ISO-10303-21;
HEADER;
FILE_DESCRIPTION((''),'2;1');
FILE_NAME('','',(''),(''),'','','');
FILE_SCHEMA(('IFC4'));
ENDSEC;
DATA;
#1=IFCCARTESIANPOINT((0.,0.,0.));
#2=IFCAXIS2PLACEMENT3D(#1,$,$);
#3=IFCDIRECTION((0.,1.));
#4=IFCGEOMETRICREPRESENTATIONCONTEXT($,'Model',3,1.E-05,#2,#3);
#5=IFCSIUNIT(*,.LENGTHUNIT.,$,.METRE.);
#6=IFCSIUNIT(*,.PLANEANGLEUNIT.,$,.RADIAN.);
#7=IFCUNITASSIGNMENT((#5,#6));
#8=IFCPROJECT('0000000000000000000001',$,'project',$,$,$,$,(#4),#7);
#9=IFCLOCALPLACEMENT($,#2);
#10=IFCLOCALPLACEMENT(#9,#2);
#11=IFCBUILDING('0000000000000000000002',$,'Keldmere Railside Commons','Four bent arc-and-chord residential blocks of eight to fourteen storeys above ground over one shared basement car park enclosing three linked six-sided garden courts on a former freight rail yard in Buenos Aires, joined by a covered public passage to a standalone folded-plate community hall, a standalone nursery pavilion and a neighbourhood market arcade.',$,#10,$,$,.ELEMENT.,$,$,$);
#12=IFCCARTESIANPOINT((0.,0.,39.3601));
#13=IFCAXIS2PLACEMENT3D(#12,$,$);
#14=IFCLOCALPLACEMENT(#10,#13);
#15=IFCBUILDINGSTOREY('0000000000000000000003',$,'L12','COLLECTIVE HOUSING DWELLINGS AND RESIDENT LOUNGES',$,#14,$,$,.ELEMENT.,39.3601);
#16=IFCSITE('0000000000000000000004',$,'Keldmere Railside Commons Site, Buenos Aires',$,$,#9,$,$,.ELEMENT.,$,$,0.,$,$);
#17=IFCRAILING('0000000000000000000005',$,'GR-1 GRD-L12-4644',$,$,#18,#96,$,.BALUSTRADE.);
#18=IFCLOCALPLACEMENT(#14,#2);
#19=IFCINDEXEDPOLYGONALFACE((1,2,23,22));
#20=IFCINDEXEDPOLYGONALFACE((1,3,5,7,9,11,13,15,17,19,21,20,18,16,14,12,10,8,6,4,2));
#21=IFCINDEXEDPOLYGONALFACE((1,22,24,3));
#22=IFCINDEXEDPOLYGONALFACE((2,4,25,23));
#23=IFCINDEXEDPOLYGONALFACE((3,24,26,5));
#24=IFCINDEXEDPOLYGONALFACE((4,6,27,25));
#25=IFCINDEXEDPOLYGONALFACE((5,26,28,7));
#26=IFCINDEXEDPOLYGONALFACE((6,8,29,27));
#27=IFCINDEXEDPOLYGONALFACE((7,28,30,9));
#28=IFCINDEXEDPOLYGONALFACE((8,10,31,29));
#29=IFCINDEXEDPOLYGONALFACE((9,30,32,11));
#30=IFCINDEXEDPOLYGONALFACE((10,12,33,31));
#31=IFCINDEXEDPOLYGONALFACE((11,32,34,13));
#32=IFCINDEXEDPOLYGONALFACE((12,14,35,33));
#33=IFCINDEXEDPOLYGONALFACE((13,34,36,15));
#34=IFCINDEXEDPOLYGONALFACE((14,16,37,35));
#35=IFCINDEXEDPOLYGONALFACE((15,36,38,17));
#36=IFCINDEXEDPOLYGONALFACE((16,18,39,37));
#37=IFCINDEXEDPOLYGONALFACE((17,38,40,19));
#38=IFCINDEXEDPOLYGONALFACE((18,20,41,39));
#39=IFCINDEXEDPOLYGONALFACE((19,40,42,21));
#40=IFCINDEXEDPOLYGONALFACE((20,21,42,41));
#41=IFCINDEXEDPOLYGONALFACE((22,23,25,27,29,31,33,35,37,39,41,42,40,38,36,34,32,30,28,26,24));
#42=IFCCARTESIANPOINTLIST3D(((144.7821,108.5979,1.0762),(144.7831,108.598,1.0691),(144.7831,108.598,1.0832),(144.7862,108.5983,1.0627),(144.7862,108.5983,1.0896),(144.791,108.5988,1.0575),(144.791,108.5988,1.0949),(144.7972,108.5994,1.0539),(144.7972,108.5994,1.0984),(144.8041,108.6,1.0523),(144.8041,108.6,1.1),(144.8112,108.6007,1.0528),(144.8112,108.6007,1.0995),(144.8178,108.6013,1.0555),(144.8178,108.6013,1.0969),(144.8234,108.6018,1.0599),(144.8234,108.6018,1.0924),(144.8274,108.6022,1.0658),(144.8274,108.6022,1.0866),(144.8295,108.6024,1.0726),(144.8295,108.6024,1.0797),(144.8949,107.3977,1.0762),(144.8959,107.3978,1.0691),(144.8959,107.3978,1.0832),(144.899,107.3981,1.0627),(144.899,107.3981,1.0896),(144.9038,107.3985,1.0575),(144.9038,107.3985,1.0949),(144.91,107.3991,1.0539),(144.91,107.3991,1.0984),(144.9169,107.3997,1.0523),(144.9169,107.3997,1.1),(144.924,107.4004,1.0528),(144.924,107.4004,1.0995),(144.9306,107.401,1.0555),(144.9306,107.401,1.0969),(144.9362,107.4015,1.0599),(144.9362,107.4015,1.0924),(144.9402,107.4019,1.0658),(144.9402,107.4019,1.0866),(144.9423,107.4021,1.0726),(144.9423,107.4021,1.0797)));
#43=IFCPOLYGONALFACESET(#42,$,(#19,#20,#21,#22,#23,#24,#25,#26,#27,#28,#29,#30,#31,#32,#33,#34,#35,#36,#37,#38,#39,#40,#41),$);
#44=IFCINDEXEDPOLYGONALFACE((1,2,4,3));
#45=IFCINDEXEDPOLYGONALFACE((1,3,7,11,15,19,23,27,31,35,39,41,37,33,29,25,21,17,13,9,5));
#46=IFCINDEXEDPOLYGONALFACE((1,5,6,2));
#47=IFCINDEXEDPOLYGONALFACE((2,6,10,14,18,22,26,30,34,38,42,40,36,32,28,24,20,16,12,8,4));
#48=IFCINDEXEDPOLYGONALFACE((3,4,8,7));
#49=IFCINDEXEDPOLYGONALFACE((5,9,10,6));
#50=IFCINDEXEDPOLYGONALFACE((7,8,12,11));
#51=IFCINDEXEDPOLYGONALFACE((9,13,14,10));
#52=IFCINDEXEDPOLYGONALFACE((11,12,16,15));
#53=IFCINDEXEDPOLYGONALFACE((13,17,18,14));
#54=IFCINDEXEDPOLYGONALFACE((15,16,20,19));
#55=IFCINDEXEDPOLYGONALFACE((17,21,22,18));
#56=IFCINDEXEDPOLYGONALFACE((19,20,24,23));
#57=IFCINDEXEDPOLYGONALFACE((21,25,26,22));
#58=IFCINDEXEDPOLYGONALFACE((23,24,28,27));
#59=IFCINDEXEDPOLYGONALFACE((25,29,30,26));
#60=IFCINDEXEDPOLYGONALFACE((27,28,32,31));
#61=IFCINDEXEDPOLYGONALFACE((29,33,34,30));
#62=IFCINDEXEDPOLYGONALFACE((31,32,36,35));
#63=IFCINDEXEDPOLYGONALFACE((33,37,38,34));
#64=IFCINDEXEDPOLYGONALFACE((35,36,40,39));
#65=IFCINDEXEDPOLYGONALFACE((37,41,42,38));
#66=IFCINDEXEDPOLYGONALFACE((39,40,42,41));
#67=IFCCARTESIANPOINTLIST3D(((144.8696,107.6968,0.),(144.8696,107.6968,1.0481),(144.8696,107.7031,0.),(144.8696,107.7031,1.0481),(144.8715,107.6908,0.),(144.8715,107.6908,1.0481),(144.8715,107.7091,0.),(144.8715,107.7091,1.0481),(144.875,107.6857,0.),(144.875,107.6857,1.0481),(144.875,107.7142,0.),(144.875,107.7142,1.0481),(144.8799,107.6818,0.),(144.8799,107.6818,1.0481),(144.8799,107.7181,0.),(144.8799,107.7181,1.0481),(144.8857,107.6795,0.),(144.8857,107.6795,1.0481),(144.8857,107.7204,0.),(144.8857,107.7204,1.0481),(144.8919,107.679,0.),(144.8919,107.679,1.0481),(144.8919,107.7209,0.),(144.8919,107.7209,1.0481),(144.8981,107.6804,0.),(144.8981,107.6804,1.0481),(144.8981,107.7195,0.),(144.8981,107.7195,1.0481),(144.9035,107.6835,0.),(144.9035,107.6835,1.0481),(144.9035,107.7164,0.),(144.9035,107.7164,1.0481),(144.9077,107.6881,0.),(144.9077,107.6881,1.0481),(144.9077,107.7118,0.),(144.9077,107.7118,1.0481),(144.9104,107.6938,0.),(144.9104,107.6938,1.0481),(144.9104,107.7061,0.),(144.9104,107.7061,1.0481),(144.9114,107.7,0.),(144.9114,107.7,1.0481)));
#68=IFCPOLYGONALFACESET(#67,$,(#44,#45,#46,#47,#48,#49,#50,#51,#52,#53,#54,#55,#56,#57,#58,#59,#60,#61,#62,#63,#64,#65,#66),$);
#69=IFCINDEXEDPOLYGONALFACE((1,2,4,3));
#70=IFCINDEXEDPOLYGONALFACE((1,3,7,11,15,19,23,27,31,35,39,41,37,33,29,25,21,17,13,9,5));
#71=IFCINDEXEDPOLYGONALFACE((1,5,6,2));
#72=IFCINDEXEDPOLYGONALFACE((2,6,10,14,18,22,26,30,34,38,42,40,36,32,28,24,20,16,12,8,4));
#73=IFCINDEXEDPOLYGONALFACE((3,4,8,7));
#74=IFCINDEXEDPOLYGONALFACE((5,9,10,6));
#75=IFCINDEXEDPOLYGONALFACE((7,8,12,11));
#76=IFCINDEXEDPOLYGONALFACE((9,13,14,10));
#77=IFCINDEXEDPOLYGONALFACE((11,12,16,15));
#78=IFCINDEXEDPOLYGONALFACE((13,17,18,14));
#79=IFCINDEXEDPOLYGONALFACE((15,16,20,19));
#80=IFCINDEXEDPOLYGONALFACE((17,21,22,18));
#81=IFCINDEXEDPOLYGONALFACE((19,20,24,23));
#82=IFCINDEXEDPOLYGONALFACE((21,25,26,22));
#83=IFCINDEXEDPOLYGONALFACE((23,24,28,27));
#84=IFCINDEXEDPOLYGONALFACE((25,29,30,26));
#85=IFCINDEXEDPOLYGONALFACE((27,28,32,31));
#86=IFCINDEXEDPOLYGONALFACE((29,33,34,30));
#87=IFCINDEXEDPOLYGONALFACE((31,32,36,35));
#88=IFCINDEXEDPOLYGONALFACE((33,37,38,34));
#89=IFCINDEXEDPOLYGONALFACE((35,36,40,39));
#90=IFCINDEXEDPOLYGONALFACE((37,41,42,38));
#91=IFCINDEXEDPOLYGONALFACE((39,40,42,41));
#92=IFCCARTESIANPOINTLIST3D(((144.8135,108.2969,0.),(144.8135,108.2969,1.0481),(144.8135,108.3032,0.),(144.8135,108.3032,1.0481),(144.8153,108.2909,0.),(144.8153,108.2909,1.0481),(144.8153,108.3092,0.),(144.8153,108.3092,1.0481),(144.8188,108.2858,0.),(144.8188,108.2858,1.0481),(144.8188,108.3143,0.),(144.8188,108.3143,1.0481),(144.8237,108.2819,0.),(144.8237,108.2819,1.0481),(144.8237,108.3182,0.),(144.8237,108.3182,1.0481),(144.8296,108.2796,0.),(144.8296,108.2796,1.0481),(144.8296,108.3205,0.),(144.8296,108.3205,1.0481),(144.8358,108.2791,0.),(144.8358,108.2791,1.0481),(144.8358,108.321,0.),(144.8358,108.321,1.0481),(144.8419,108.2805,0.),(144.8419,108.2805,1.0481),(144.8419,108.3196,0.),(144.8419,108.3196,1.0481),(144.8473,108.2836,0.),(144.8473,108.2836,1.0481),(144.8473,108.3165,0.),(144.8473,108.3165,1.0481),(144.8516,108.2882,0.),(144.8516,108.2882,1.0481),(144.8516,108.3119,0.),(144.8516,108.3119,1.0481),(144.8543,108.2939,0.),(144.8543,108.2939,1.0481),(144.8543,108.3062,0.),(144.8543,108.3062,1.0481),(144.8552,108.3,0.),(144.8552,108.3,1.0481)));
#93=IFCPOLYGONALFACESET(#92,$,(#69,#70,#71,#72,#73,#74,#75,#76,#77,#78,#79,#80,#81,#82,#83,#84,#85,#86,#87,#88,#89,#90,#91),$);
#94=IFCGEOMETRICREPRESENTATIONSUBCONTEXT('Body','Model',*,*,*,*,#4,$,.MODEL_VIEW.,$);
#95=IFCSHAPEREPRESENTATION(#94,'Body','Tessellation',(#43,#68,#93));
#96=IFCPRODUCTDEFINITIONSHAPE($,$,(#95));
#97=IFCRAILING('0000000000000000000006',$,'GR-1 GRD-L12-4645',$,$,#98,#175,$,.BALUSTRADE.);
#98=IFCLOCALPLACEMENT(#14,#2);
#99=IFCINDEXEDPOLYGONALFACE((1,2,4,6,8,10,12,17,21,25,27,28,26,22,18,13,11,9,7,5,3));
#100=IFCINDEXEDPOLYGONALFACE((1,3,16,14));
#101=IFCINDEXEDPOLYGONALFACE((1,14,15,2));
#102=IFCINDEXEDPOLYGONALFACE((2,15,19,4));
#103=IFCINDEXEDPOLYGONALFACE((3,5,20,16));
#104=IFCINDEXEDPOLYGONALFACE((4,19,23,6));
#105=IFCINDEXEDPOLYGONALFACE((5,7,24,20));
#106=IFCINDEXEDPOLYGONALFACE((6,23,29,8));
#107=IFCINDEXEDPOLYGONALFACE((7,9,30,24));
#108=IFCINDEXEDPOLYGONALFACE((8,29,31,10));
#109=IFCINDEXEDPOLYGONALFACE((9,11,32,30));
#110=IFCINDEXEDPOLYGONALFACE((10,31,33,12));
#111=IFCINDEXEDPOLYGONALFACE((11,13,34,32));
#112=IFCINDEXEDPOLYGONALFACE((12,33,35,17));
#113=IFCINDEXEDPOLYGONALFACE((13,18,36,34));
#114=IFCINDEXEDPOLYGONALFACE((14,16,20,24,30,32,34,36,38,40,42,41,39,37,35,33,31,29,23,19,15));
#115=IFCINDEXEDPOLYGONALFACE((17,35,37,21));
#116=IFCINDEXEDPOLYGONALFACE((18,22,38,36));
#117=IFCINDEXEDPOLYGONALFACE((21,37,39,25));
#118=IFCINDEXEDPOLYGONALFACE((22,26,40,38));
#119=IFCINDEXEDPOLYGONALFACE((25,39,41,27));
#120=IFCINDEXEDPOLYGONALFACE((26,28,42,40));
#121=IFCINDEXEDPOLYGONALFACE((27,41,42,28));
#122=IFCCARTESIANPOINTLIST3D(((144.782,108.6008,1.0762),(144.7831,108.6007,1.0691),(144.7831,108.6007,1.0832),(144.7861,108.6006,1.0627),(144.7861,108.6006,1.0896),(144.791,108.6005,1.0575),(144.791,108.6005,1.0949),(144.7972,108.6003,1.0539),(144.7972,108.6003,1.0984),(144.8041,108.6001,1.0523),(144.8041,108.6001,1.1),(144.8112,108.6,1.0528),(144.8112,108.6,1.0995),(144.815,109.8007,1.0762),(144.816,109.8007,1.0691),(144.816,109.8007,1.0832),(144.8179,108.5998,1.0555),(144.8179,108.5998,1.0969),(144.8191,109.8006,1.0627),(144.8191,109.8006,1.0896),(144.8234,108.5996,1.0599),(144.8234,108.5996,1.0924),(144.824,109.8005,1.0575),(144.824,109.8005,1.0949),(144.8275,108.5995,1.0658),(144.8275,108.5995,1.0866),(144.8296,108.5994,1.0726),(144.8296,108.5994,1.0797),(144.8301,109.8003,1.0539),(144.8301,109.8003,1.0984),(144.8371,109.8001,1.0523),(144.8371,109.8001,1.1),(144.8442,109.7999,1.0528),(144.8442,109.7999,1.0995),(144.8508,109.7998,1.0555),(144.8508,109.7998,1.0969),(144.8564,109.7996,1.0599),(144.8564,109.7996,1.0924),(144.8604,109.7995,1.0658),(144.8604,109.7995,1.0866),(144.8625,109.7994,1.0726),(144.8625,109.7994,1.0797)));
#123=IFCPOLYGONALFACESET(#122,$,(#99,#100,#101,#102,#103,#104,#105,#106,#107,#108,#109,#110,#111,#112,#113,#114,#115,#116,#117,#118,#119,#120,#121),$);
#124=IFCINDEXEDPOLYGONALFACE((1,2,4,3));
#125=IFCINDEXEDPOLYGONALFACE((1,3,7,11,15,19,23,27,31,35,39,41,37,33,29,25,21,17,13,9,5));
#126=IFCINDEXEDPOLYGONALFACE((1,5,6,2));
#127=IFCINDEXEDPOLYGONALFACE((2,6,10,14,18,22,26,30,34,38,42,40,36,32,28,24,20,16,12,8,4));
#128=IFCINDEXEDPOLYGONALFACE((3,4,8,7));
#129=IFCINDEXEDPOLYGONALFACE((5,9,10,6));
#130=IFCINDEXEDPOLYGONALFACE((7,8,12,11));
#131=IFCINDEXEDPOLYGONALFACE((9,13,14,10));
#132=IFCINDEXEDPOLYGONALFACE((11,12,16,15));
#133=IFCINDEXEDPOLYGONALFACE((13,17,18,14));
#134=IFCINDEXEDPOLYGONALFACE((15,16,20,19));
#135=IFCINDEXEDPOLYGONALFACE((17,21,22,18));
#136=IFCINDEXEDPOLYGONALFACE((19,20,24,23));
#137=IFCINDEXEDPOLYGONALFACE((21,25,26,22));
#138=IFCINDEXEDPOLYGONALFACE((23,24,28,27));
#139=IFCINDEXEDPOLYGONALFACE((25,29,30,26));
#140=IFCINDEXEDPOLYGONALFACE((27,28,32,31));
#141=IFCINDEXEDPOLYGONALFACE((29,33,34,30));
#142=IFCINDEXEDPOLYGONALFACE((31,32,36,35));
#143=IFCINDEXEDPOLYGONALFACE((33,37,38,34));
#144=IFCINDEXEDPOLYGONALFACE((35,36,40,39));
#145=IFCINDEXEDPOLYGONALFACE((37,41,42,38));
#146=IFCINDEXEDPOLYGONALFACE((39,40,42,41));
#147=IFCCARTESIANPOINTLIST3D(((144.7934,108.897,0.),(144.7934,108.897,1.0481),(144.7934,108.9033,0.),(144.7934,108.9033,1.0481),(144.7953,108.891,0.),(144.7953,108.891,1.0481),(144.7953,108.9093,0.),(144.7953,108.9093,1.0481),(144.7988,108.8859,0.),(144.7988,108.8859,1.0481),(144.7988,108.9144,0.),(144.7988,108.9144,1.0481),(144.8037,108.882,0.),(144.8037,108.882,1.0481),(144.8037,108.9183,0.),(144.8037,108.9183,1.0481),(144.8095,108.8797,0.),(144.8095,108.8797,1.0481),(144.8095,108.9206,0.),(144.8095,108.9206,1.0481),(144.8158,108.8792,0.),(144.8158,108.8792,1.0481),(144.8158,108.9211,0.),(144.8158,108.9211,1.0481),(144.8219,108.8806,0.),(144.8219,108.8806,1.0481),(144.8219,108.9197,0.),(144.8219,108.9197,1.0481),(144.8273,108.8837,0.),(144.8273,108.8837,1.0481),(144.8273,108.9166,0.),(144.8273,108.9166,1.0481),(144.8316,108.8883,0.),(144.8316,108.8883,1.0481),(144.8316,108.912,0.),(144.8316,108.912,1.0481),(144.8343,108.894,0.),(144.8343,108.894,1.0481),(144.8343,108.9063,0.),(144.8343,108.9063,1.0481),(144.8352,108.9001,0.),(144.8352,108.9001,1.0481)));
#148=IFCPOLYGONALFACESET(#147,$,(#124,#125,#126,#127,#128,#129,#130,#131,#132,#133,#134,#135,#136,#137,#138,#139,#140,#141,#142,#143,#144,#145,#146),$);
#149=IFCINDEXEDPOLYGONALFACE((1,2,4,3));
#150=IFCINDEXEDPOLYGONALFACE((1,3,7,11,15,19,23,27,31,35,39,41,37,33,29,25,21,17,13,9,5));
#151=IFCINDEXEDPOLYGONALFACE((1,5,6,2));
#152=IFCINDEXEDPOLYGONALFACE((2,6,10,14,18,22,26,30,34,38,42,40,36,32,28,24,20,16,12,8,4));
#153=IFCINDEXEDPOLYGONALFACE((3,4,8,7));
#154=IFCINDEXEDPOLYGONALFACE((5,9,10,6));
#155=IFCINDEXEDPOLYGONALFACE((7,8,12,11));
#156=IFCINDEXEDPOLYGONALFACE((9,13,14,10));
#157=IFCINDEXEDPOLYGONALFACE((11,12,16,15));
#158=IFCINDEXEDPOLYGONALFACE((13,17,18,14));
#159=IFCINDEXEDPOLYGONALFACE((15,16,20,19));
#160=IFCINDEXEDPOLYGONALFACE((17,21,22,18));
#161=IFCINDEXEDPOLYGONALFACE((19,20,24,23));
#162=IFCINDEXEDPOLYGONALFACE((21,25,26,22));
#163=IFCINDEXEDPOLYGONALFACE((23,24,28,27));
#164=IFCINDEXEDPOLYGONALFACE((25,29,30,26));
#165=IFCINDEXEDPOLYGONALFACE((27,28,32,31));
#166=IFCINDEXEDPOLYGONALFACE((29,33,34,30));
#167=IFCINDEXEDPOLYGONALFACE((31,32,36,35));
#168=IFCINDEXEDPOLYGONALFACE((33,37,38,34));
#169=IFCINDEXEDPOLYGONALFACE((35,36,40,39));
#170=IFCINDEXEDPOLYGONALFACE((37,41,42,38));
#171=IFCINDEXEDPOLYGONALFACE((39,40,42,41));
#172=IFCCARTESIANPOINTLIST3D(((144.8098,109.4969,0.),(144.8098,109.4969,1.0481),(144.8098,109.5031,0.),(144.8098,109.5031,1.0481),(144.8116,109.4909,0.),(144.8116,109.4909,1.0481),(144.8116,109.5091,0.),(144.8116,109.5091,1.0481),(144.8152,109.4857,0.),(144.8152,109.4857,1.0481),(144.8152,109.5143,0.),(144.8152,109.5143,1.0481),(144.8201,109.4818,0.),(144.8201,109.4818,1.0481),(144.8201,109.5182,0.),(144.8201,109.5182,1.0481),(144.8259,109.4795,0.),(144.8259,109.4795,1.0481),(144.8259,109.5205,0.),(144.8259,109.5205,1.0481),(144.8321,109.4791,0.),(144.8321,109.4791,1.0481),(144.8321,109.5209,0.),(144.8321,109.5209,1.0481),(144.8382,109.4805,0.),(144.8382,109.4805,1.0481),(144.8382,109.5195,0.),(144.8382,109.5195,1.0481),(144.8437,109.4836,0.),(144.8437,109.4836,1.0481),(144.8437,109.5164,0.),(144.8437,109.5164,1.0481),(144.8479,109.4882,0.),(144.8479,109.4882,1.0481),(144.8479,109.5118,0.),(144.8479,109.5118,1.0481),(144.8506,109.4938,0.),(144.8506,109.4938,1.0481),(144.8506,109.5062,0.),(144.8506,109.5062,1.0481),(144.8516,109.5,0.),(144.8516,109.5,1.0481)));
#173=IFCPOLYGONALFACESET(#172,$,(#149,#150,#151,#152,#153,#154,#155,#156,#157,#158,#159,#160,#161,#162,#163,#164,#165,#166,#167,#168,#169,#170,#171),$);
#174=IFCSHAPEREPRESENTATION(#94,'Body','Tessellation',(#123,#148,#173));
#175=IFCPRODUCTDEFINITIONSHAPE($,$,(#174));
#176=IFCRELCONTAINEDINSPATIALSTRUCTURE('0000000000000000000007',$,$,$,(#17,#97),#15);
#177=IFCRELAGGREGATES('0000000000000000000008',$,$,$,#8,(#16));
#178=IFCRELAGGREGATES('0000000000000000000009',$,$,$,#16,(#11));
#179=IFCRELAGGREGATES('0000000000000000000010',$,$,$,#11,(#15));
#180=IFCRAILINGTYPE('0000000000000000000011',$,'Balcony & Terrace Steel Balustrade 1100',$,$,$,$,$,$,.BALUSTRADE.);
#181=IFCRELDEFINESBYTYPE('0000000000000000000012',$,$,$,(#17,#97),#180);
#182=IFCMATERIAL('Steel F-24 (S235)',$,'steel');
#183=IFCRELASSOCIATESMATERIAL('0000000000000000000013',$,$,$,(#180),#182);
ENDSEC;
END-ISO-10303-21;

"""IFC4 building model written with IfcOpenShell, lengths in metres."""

from ifc_helpers import new_model, si_unit, direction, frame, origin, origin_2d, place, context, subcontext, project, spatial, circle, extrude, material, type_object, element, save


model = new_model("IFC4")

# Units and contexts
model_context = context("Model", 3, precision=1e-05, world=origin(), true_north=direction((0.0, 1.0)))
body_context = subcontext(model_context, "Body", "Model", "MODEL_VIEW")
ifc_project = project(units=[si_unit("LENGTHUNIT", "METRE"), si_unit("PLANEANGLEUNIT", "RADIAN")], contexts=[model_context])

# Site, building, storey
site_placement = place(None, origin())
site = spatial("IfcSite", under=ifc_project, at=site_placement, Name="Keldmere Railside Commons Site, Buenos Aires", CompositionType="ELEMENT", RefElevation=0.0)
building_placement = place(site_placement, origin())
building = spatial("IfcBuilding", under=site, at=building_placement, Name="Keldmere Railside Commons", Description="Four bent arc-and-chord residential blocks of eight to fourteen storeys above ground over one shared basement car park enclosing three linked six-sided garden courts on a former freight rail yard in Buenos Aires, joined by a covered public passage to a standalone folded-plate community hall, a standalone nursery pavilion and a neighbourhood market arcade.", CompositionType="ELEMENT")
storey_placement = place(building_placement, frame((0.0, 0.0, 39.3601)))
storey = spatial("IfcBuildingStorey", under=building, at=storey_placement, Name="L12", Description="COLLECTIVE HOUSING DWELLINGS AND RESIDENT LOUNGES", CompositionType="ELEMENT", Elevation=39.3601)

# Shared definitions
ifc_material_1 = material(Name="Steel F-24 (S235)", Category="steel")

# Railings
railing_type = type_object("IfcRailingType", Name="Balcony & Terrace Steel Balustrade 1100", PredefinedType="BALUSTRADE", material=ifc_material_1)
railing_1_placement = place(storey_placement, frame((144.9187, 107.3999, 0.0)))
element("IfcRailing", 1, at=railing_1_placement, inside=storey, type_object=railing_type, Name="GR-1 GRD-L12-4644", PredefinedType="BALUSTRADE", context=body_context, shape_type="SweptSolid", body=[
    extrude(circle(Radius=0.0239, at=origin_2d()), frame((0.0, 0.0, 1.0762), z_axis=(-0.093567, 0.995613, 0.0), x_axis=(-0.995613, -0.093567, 0.0)), (0.0, 0.0, 1.0), 1.2056),
    extrude(circle(Radius=0.021, at=origin_2d()), frame((-0.0283, 0.3, 0.0)), (0.0, 0.0, 1.0), 1.0481),
    extrude(circle(Radius=0.021, at=origin_2d()), frame((-0.0845, 0.9001, 0.0)), (0.0, 0.0, 1.0), 1.0481),
])
railing_2_placement = place(storey_placement, frame((144.8059, 108.6001, 0.0)))
element("IfcRailing", 2, at=railing_2_placement, inside=storey, type_object=railing_type, Name="GR-1 GRD-L12-4645", PredefinedType="BALUSTRADE", context=body_context, shape_type="SweptSolid", body=[
    extrude(circle(Radius=0.0239, at=origin_2d()), frame((0.0, 0.0, 1.0762), z_axis=(0.027457, 0.999623, 0.0), x_axis=(-0.999623, 0.027457, 0.0)), (0.0, 0.0, 1.0), 1.2004),
    extrude(circle(Radius=0.021, at=origin_2d()), frame((0.0083, 0.3, 0.0)), (0.0, 0.0, 1.0), 1.0481),
    extrude(circle(Radius=0.021, at=origin_2d()), frame((0.0247, 0.8999, 0.0)), (0.0, 0.0, 1.0), 1.0481),
])

save(model, "model.ifc")
